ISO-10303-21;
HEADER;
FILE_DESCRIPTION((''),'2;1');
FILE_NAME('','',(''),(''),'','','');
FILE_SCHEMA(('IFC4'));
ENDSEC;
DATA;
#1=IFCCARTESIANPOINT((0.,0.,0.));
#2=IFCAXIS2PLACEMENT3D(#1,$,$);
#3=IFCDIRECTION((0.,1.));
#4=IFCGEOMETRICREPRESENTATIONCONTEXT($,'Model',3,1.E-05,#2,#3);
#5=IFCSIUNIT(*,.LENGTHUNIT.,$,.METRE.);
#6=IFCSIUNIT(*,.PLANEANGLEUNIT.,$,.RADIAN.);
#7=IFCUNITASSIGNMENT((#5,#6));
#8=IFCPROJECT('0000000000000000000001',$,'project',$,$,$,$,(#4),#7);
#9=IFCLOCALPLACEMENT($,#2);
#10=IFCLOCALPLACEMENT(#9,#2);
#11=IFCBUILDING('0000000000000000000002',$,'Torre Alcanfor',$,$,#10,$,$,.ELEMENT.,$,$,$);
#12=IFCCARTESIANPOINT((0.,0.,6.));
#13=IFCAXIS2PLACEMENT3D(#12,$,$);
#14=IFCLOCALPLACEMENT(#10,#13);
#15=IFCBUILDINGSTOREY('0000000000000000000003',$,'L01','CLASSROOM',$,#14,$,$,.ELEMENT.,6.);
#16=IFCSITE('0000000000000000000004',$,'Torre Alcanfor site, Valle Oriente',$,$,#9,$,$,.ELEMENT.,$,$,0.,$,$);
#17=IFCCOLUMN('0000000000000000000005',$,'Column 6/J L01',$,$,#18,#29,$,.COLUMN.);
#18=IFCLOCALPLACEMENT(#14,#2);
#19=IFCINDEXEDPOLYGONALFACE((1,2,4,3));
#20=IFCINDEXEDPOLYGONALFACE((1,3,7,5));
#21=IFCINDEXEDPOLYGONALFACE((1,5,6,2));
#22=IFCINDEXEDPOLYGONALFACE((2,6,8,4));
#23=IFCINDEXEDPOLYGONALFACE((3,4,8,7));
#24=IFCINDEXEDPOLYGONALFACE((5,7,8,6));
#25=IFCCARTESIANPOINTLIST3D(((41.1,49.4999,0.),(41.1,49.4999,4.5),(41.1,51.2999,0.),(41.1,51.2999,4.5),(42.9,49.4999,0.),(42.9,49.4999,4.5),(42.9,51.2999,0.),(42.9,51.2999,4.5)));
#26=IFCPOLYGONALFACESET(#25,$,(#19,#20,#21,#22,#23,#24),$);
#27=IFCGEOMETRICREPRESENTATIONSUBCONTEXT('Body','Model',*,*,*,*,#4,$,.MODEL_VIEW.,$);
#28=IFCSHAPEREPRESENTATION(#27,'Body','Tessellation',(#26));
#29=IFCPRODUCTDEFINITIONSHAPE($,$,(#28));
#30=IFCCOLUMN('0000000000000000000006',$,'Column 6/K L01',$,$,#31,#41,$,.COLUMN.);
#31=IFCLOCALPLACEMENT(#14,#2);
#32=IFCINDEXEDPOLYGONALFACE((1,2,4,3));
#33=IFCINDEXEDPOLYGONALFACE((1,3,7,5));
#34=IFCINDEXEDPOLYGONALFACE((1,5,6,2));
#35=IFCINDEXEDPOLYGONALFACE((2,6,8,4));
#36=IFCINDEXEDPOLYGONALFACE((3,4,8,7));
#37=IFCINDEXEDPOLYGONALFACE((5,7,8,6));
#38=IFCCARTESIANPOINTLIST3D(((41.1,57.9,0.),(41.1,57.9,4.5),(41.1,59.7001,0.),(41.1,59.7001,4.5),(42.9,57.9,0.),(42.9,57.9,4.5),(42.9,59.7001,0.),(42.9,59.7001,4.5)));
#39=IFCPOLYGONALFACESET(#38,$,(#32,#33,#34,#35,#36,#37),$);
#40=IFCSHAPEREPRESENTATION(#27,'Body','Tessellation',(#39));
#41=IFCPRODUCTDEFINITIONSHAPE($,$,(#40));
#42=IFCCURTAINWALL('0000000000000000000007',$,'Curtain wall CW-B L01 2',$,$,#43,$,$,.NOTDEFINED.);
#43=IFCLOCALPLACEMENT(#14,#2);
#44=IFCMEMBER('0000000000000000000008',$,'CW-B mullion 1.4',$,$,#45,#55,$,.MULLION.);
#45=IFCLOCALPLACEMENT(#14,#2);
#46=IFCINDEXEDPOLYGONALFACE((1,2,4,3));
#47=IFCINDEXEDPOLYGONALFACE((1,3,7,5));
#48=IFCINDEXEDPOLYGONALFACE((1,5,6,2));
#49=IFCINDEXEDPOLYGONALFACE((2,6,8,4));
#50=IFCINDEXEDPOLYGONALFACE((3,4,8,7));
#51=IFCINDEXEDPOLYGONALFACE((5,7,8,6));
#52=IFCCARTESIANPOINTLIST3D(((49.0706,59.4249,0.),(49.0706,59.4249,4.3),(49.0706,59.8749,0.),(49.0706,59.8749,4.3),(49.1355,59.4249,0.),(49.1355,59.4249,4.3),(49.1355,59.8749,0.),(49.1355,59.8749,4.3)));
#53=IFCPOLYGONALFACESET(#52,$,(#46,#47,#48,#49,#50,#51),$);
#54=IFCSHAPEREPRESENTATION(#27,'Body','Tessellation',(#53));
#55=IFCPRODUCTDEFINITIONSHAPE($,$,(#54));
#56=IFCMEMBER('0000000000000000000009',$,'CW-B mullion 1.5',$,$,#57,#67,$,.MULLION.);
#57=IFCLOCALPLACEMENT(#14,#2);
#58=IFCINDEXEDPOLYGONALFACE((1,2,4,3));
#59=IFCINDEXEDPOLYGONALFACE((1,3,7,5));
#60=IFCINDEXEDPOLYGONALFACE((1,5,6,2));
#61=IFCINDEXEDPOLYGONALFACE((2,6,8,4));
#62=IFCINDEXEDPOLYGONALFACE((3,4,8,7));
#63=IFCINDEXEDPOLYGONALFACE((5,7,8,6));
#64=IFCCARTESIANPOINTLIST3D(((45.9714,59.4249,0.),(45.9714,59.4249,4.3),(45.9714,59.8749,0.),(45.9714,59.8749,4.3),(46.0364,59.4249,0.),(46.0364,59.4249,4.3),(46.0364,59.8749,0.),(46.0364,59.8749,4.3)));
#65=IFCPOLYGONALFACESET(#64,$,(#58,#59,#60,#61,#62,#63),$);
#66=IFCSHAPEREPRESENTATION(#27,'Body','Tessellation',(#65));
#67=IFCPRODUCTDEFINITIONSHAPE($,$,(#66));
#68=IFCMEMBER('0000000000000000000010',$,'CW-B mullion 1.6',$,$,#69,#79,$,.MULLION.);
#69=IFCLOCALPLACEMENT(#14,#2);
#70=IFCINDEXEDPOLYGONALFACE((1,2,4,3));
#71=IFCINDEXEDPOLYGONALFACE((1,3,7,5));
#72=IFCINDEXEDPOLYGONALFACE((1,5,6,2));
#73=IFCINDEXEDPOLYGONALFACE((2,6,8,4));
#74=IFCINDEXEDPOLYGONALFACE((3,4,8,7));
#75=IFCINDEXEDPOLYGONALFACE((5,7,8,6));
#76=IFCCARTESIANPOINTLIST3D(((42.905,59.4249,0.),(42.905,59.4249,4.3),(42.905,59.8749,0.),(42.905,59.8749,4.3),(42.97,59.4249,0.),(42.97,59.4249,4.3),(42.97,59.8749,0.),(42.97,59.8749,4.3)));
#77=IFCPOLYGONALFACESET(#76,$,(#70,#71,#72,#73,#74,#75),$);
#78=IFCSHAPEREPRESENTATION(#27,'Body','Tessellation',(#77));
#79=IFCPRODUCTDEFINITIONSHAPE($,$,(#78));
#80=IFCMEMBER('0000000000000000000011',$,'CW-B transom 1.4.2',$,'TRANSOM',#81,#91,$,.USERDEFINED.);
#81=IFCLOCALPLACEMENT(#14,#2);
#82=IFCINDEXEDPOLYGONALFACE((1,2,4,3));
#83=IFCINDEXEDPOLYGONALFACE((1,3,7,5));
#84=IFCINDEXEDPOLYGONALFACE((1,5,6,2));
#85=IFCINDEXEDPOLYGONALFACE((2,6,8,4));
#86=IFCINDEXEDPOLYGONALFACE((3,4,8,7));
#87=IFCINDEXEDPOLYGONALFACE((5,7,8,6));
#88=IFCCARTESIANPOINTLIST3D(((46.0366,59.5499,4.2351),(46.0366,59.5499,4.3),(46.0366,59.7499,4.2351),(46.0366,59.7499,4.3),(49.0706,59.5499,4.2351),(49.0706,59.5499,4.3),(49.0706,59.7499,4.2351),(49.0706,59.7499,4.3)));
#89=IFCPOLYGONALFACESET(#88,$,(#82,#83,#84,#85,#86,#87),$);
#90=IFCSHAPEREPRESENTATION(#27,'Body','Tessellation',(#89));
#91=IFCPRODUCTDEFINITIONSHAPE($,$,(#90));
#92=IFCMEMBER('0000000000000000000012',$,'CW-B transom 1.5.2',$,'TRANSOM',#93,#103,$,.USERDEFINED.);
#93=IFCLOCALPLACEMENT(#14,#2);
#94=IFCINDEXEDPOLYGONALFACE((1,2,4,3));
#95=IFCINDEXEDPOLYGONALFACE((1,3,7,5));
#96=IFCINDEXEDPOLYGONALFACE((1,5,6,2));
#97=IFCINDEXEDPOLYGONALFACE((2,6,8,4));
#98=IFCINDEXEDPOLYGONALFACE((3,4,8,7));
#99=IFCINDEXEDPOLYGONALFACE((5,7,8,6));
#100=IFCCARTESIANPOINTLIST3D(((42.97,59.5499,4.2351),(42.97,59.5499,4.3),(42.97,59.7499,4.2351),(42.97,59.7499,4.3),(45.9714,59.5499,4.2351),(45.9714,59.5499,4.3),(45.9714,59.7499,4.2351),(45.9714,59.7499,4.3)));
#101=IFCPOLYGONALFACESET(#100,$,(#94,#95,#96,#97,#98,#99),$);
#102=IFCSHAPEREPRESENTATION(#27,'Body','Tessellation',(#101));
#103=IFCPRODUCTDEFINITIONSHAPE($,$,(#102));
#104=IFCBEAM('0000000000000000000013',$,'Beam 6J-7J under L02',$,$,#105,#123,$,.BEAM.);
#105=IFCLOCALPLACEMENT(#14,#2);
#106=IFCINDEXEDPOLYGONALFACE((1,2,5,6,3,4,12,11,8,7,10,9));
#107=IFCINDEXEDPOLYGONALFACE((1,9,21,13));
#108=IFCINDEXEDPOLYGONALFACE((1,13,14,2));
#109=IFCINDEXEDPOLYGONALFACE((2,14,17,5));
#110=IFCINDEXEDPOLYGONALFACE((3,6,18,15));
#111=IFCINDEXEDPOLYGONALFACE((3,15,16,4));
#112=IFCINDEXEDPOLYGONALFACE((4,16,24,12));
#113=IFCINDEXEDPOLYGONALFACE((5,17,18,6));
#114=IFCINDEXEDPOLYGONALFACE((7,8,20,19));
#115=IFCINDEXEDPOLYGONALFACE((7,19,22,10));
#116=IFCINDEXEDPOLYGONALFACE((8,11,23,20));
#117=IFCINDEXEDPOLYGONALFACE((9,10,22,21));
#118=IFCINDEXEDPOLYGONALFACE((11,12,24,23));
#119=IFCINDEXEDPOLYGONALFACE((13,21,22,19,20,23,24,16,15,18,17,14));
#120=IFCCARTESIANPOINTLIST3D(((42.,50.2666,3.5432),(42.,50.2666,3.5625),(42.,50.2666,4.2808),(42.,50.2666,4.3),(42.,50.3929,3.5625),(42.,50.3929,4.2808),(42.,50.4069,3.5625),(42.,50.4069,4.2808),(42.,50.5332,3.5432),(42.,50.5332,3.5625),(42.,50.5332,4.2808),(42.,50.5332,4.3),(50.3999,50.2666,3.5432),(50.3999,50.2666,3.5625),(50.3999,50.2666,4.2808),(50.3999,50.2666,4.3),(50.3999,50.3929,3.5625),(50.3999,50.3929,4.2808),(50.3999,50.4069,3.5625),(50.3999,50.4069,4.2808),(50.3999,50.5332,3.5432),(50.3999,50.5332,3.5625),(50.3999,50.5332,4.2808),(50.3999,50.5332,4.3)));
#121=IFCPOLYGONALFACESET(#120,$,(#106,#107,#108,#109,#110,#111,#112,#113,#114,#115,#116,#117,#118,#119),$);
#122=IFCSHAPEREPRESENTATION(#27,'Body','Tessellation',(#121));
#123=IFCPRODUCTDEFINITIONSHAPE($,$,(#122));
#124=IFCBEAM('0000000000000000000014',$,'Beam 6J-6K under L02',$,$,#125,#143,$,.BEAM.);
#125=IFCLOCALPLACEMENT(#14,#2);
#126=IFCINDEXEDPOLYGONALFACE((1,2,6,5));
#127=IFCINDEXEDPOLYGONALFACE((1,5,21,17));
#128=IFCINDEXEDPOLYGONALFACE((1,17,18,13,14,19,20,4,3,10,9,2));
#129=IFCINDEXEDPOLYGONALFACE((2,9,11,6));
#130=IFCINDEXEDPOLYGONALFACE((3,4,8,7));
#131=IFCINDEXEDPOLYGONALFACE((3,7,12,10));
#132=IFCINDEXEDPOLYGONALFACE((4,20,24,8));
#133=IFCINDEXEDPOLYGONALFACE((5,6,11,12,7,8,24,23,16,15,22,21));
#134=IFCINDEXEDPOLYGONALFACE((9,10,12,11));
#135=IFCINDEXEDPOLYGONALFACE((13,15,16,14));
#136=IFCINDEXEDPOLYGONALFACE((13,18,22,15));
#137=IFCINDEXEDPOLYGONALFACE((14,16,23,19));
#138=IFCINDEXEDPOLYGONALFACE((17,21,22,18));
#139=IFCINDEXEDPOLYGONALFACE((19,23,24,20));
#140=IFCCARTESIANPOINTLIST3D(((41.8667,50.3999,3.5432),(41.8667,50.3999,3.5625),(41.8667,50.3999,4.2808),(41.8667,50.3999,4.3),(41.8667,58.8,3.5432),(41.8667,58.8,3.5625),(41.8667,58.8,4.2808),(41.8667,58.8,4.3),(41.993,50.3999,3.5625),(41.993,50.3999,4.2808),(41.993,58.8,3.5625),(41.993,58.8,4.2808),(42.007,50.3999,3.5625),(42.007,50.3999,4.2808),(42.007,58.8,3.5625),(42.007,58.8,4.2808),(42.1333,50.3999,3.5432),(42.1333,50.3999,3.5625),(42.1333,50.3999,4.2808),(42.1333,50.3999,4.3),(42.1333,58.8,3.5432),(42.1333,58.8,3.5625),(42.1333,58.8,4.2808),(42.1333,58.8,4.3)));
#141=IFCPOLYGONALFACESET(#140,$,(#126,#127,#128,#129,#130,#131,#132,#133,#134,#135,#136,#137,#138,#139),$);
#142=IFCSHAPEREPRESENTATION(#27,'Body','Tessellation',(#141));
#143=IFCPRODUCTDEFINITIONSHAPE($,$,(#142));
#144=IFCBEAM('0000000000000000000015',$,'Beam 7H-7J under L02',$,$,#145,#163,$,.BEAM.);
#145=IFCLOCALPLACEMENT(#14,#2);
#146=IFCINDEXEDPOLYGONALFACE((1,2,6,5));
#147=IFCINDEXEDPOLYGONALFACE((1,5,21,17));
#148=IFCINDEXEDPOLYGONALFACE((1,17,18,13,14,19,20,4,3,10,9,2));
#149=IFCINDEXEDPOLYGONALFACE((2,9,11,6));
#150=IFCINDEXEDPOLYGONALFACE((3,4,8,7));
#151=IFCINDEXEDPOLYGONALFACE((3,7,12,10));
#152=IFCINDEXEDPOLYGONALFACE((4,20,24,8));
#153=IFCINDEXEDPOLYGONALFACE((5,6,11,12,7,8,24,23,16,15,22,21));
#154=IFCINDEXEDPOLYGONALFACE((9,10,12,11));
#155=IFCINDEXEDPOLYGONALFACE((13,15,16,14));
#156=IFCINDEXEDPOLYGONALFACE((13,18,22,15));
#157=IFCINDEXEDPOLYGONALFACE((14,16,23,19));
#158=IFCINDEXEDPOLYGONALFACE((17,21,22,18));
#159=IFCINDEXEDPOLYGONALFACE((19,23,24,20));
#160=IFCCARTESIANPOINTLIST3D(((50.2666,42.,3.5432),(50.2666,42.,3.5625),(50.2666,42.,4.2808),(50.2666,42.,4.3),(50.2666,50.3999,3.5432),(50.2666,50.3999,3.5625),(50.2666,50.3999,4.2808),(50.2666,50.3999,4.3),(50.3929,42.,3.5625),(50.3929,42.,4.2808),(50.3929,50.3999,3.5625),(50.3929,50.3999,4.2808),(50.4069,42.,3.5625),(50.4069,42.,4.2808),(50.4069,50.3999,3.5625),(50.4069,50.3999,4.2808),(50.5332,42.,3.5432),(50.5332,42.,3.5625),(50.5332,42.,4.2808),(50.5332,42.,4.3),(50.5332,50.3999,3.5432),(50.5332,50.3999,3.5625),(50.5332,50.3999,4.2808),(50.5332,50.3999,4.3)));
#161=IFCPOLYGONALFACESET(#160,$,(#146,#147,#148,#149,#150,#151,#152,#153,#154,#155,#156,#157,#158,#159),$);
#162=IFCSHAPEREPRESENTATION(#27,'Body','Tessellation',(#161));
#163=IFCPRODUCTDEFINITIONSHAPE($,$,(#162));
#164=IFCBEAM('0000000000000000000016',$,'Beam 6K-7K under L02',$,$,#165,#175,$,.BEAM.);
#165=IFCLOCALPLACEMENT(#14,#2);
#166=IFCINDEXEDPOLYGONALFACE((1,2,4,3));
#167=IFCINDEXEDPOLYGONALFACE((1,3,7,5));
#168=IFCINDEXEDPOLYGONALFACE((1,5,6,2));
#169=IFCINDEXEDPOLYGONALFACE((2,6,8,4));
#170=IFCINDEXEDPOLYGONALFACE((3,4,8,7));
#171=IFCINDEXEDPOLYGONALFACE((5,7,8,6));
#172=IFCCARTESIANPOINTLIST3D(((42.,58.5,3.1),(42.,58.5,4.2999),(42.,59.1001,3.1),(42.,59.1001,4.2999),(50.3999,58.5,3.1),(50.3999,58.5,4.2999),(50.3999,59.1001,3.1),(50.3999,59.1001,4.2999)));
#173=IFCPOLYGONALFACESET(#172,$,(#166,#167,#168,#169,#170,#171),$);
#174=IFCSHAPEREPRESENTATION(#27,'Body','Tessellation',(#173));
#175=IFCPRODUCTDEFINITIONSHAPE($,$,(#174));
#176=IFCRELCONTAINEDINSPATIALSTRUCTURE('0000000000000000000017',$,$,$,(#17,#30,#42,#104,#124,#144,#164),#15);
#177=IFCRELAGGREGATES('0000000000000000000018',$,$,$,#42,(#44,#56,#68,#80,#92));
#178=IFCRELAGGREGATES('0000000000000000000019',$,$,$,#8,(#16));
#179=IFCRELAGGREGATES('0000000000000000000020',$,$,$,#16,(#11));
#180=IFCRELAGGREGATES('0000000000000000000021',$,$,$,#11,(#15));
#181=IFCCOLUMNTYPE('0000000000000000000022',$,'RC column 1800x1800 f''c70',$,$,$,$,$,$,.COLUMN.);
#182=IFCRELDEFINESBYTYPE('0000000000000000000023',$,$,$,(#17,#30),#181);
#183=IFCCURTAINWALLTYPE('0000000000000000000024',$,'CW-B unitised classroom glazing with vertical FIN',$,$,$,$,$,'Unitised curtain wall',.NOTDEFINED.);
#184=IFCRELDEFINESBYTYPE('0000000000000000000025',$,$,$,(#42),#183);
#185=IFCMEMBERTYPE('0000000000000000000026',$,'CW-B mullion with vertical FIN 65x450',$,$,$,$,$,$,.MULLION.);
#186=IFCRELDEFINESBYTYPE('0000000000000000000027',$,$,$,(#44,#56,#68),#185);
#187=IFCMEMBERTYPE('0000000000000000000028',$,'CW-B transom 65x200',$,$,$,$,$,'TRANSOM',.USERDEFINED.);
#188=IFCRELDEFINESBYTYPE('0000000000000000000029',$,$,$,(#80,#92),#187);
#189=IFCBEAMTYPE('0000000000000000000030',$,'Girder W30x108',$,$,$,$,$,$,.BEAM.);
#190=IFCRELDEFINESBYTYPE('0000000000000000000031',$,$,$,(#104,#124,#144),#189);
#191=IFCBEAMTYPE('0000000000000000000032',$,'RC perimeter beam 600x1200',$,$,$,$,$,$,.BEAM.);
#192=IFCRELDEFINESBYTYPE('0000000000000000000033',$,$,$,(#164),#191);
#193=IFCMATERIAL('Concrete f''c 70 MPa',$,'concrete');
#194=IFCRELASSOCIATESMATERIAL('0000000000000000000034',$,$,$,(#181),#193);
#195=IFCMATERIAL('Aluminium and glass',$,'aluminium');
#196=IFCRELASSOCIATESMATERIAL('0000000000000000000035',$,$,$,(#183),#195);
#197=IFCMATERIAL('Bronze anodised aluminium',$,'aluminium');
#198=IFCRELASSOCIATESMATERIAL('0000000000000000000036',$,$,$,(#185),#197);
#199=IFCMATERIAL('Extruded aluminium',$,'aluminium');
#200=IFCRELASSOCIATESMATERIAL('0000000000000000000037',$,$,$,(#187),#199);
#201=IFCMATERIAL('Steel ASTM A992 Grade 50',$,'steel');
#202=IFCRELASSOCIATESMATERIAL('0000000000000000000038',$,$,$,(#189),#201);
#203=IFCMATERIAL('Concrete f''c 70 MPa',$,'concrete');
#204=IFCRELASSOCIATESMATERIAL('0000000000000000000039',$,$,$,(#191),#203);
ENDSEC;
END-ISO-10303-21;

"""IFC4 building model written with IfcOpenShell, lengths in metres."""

from ifc_helpers import new_model, si_unit, direction, frame, origin, origin_2d, place, context, subcontext, project, spatial, rectangle, i_section, extrude, material, material_profile, profile_set, type_object, element, aggregate, save


model = new_model("IFC4")

# Units and contexts
model_context = context("Model", 3, precision=1e-05, world=origin(), true_north=direction((0.0, 1.0)))
body_context = subcontext(model_context, "Body", "Model", "MODEL_VIEW")
ifc_project = project(units=[si_unit("LENGTHUNIT", "METRE"), si_unit("PLANEANGLEUNIT", "RADIAN")], contexts=[model_context])

# Site, building, storey
site_placement = place(None, origin())
site = spatial("IfcSite", under=ifc_project, at=site_placement, Name="Torre Alcanfor site, Valle Oriente", CompositionType="ELEMENT", RefElevation=0.0)
building_placement = place(site_placement, origin())
building = spatial("IfcBuilding", under=site, at=building_placement, Name="Torre Alcanfor", CompositionType="ELEMENT")
storey_placement = place(building_placement, frame((0.0, 0.0, 6.0)))
storey = spatial("IfcBuildingStorey", under=building, at=storey_placement, Name="L01", Description="CLASSROOM", CompositionType="ELEMENT", Elevation=6.0)

# Columns
ifc_material_1 = material(Name="Concrete f'c 70 MPa", Category="concrete")
ifc_material_profile_1 = material_profile(ifc_material_1, rectangle(XDim=1.8, YDim=1.8, at=origin_2d()), Name="1800x1800")
ifc_profile_set_1 = profile_set([ifc_material_profile_1], Name="Concrete f'c 70 MPa")
column_type = type_object("IfcColumnType", Name="RC column 1800x1800 f'c70", PredefinedType="COLUMN", material=ifc_profile_set_1)
for number, where, z_axis, x_axis, name in (
    (1, (42.0, 50.3999, 0.0), (0.0, 0.0, 1.0), (1.0, 0.0, 0.0), "Column 6/J L01"),
    (2, (42.0, 58.8, 0.0), (0.0, 0.0, 1.0), (1.0, 0.0, 0.0), "Column 6/K L01"),
):
    element("IfcColumn", number, at=place(storey_placement, frame(where, z_axis=z_axis, x_axis=x_axis)), inside=storey, type_object=column_type, Name=name, PredefinedType="COLUMN", context=body_context, shape_type="SweptSolid", body=[
        extrude(rectangle(XDim=1.8, YDim=1.8, at=origin_2d()), origin(), (0.0, 0.0, 1.0), 4.5),
    ])

# Curtain wall, members
ifc_material_2 = material(Name="Aluminium and glass", Category="aluminium")
curtain_wall_type = type_object("IfcCurtainWallType", Name="CW-B unitised classroom glazing with vertical FIN", ElementType="Unitised curtain wall", PredefinedType="NOTDEFINED", material=ifc_material_2)
curtain_wall_placement = place(storey_placement, origin())
curtain_wall = element("IfcCurtainWall", 3, at=curtain_wall_placement, inside=storey, type_object=curtain_wall_type, Name="Curtain wall CW-B L01 2", PredefinedType="NOTDEFINED")
ifc_material_3 = material(Name="Bronze anodised aluminium", Category="aluminium")
ifc_material_profile_2 = material_profile(ifc_material_3, rectangle(XDim=0.45, YDim=0.0649, at=origin_2d()), Name="CW-B mullion 65x450")
ifc_profile_set_2 = profile_set([ifc_material_profile_2], Name="Bronze anodised aluminium")
member_type_1 = type_object("IfcMemberType", Name="CW-B mullion with vertical FIN 65x450", PredefinedType="MULLION", material=ifc_profile_set_2)
member_1_placement = place(storey_placement, frame((49.103, 59.6499, 0.0), z_axis=(0.0, 0.0, 1.0), x_axis=(0.0, -1.0, 0.0)))
member_1 = element("IfcMember", 4, at=member_1_placement, type_object=member_type_1, Name="CW-B mullion 1.4", PredefinedType="MULLION", context=body_context, shape_type="SweptSolid", body=[
    extrude(rectangle(XDim=0.45, YDim=0.0649, at=origin_2d()), origin(), (0.0, 0.0, 1.0), 4.3),
])
member_2_placement = place(storey_placement, frame((46.0039, 59.6499, 0.0), z_axis=(0.0, 0.0, 1.0), x_axis=(0.0, -1.0, 0.0)))
member_2 = element("IfcMember", 5, at=member_2_placement, type_object=member_type_1, Name="CW-B mullion 1.5", PredefinedType="MULLION", context=body_context, shape_type="SweptSolid", body=[
    extrude(rectangle(XDim=0.45, YDim=0.0649, at=origin_2d()), origin(), (0.0, 0.0, 1.0), 4.3),
])
member_3_placement = place(storey_placement, frame((42.9375, 59.6499, 0.0), z_axis=(0.0, 0.0, 1.0), x_axis=(0.0, -1.0, 0.0)))
member_3 = element("IfcMember", 6, at=member_3_placement, type_object=member_type_1, Name="CW-B mullion 1.6", PredefinedType="MULLION", context=body_context, shape_type="SweptSolid", body=[
    extrude(rectangle(XDim=0.45, YDim=0.0649, at=origin_2d()), origin(), (0.0, 0.0, 1.0), 4.3),
])
ifc_material_4 = material(Name="Extruded aluminium", Category="aluminium")
ifc_material_profile_3 = material_profile(ifc_material_4, rectangle(XDim=0.2, YDim=0.0649, at=origin_2d()), Name="CW-B transom 200x65")
ifc_profile_set_3 = profile_set([ifc_material_profile_3], Name="Extruded aluminium")
member_type_2 = type_object("IfcMemberType", Name="CW-B transom 65x200", ElementType="TRANSOM", PredefinedType="USERDEFINED", material=ifc_profile_set_3)
member_4_placement = place(storey_placement, frame((49.0706, 59.6499, 4.2676), z_axis=(-1.0, 0.0, 0.0), x_axis=(0.0, -1.0, 0.0)))
member_4 = element("IfcMember", 7, at=member_4_placement, type_object=member_type_2, Name="CW-B transom 1.4.2", ObjectType="TRANSOM", PredefinedType="USERDEFINED", context=body_context, shape_type="SweptSolid", body=[
    extrude(rectangle(XDim=0.2, YDim=0.0649, at=origin_2d()), origin(), (0.0, 0.0, 1.0), 3.0339),
])
member_5_placement = place(storey_placement, frame((45.9714, 59.6499, 4.2676), z_axis=(-1.0, 0.0, 0.0), x_axis=(0.0, -1.0, 0.0)))
member_5 = element("IfcMember", 8, at=member_5_placement, type_object=member_type_2, Name="CW-B transom 1.5.2", ObjectType="TRANSOM", PredefinedType="USERDEFINED", context=body_context, shape_type="SweptSolid", body=[
    extrude(rectangle(XDim=0.2, YDim=0.0649, at=origin_2d()), origin(), (0.0, 0.0, 1.0), 3.0015),
])

# Beams
ifc_material_5 = material(Name="Steel ASTM A992 Grade 50", Category="steel")
ifc_material_profile_4 = material_profile(ifc_material_5, i_section(OverallWidth=0.2666, OverallDepth=0.7568, WebThickness=0.0139, FlangeThickness=0.0193, at=origin_2d()), Name="W30x108")
ifc_profile_set_4 = profile_set([ifc_material_profile_4], Name="Steel ASTM A992 Grade 50")
beam_type_1 = type_object("IfcBeamType", Name="Girder W30x108", PredefinedType="BEAM", material=ifc_profile_set_4)
beam_1_placement = place(storey_placement, frame((42.0, 50.3999, 3.9216), z_axis=(1.0, 0.0, 0.0), x_axis=(0.0, 1.0, 0.0)))
element("IfcBeam", 9, at=beam_1_placement, inside=storey, type_object=beam_type_1, Name="Beam 6J-7J under L02", PredefinedType="BEAM", context=body_context, shape_type="SweptSolid", body=[
    extrude(i_section(OverallWidth=0.2666, OverallDepth=0.7568, WebThickness=0.0139, FlangeThickness=0.0193, at=origin_2d()), origin(), (0.0, 0.0, 1.0), 8.3999),
])
beam_2_placement = place(storey_placement, frame((42.0, 50.3999, 3.9216), z_axis=(0.0, 1.0, 0.0), x_axis=(-1.0, 0.0, 0.0)))
element("IfcBeam", 10, at=beam_2_placement, inside=storey, type_object=beam_type_1, Name="Beam 6J-6K under L02", PredefinedType="BEAM", context=body_context, shape_type="SweptSolid", body=[
    extrude(i_section(OverallWidth=0.2666, OverallDepth=0.7568, WebThickness=0.0139, FlangeThickness=0.0193, at=origin_2d()), origin(), (0.0, 0.0, 1.0), 8.4001),
])
beam_3_placement = place(storey_placement, frame((50.3999, 42.0, 3.9216), z_axis=(0.0, 1.0, 0.0), x_axis=(-1.0, 0.0, 0.0)))
element("IfcBeam", 11, at=beam_3_placement, inside=storey, type_object=beam_type_1, Name="Beam 7H-7J under L02", PredefinedType="BEAM", context=body_context, shape_type="SweptSolid", body=[
    extrude(i_section(OverallWidth=0.2666, OverallDepth=0.7568, WebThickness=0.0139, FlangeThickness=0.0193, at=origin_2d()), origin(), (0.0, 0.0, 1.0), 8.3999),
])
ifc_material_6 = material(Name="Concrete f'c 70 MPa", Category="concrete")
ifc_material_profile_5 = material_profile(ifc_material_6, rectangle(XDim=0.6001, YDim=1.2, at=origin_2d()), Name="600x1200")
ifc_profile_set_5 = profile_set([ifc_material_profile_5], Name="Concrete f'c 70 MPa")
beam_type_2 = type_object("IfcBeamType", Name="RC perimeter beam 600x1200", PredefinedType="BEAM", material=ifc_profile_set_5)
beam_4_placement = place(storey_placement, frame((42.0, 58.8, 3.7), z_axis=(1.0, 0.0, 0.0), x_axis=(0.0, 1.0, 0.0)))
element("IfcBeam", 12, at=beam_4_placement, inside=storey, type_object=beam_type_2, Name="Beam 6K-7K under L02", PredefinedType="BEAM", context=body_context, shape_type="SweptSolid", body=[
    extrude(rectangle(XDim=0.6001, YDim=1.2, at=origin_2d()), origin(), (0.0, 0.0, 1.0), 8.3999),
])

aggregate(curtain_wall, [member_1, member_2, member_3, member_4, member_5])

save(model, "model.ifc")
